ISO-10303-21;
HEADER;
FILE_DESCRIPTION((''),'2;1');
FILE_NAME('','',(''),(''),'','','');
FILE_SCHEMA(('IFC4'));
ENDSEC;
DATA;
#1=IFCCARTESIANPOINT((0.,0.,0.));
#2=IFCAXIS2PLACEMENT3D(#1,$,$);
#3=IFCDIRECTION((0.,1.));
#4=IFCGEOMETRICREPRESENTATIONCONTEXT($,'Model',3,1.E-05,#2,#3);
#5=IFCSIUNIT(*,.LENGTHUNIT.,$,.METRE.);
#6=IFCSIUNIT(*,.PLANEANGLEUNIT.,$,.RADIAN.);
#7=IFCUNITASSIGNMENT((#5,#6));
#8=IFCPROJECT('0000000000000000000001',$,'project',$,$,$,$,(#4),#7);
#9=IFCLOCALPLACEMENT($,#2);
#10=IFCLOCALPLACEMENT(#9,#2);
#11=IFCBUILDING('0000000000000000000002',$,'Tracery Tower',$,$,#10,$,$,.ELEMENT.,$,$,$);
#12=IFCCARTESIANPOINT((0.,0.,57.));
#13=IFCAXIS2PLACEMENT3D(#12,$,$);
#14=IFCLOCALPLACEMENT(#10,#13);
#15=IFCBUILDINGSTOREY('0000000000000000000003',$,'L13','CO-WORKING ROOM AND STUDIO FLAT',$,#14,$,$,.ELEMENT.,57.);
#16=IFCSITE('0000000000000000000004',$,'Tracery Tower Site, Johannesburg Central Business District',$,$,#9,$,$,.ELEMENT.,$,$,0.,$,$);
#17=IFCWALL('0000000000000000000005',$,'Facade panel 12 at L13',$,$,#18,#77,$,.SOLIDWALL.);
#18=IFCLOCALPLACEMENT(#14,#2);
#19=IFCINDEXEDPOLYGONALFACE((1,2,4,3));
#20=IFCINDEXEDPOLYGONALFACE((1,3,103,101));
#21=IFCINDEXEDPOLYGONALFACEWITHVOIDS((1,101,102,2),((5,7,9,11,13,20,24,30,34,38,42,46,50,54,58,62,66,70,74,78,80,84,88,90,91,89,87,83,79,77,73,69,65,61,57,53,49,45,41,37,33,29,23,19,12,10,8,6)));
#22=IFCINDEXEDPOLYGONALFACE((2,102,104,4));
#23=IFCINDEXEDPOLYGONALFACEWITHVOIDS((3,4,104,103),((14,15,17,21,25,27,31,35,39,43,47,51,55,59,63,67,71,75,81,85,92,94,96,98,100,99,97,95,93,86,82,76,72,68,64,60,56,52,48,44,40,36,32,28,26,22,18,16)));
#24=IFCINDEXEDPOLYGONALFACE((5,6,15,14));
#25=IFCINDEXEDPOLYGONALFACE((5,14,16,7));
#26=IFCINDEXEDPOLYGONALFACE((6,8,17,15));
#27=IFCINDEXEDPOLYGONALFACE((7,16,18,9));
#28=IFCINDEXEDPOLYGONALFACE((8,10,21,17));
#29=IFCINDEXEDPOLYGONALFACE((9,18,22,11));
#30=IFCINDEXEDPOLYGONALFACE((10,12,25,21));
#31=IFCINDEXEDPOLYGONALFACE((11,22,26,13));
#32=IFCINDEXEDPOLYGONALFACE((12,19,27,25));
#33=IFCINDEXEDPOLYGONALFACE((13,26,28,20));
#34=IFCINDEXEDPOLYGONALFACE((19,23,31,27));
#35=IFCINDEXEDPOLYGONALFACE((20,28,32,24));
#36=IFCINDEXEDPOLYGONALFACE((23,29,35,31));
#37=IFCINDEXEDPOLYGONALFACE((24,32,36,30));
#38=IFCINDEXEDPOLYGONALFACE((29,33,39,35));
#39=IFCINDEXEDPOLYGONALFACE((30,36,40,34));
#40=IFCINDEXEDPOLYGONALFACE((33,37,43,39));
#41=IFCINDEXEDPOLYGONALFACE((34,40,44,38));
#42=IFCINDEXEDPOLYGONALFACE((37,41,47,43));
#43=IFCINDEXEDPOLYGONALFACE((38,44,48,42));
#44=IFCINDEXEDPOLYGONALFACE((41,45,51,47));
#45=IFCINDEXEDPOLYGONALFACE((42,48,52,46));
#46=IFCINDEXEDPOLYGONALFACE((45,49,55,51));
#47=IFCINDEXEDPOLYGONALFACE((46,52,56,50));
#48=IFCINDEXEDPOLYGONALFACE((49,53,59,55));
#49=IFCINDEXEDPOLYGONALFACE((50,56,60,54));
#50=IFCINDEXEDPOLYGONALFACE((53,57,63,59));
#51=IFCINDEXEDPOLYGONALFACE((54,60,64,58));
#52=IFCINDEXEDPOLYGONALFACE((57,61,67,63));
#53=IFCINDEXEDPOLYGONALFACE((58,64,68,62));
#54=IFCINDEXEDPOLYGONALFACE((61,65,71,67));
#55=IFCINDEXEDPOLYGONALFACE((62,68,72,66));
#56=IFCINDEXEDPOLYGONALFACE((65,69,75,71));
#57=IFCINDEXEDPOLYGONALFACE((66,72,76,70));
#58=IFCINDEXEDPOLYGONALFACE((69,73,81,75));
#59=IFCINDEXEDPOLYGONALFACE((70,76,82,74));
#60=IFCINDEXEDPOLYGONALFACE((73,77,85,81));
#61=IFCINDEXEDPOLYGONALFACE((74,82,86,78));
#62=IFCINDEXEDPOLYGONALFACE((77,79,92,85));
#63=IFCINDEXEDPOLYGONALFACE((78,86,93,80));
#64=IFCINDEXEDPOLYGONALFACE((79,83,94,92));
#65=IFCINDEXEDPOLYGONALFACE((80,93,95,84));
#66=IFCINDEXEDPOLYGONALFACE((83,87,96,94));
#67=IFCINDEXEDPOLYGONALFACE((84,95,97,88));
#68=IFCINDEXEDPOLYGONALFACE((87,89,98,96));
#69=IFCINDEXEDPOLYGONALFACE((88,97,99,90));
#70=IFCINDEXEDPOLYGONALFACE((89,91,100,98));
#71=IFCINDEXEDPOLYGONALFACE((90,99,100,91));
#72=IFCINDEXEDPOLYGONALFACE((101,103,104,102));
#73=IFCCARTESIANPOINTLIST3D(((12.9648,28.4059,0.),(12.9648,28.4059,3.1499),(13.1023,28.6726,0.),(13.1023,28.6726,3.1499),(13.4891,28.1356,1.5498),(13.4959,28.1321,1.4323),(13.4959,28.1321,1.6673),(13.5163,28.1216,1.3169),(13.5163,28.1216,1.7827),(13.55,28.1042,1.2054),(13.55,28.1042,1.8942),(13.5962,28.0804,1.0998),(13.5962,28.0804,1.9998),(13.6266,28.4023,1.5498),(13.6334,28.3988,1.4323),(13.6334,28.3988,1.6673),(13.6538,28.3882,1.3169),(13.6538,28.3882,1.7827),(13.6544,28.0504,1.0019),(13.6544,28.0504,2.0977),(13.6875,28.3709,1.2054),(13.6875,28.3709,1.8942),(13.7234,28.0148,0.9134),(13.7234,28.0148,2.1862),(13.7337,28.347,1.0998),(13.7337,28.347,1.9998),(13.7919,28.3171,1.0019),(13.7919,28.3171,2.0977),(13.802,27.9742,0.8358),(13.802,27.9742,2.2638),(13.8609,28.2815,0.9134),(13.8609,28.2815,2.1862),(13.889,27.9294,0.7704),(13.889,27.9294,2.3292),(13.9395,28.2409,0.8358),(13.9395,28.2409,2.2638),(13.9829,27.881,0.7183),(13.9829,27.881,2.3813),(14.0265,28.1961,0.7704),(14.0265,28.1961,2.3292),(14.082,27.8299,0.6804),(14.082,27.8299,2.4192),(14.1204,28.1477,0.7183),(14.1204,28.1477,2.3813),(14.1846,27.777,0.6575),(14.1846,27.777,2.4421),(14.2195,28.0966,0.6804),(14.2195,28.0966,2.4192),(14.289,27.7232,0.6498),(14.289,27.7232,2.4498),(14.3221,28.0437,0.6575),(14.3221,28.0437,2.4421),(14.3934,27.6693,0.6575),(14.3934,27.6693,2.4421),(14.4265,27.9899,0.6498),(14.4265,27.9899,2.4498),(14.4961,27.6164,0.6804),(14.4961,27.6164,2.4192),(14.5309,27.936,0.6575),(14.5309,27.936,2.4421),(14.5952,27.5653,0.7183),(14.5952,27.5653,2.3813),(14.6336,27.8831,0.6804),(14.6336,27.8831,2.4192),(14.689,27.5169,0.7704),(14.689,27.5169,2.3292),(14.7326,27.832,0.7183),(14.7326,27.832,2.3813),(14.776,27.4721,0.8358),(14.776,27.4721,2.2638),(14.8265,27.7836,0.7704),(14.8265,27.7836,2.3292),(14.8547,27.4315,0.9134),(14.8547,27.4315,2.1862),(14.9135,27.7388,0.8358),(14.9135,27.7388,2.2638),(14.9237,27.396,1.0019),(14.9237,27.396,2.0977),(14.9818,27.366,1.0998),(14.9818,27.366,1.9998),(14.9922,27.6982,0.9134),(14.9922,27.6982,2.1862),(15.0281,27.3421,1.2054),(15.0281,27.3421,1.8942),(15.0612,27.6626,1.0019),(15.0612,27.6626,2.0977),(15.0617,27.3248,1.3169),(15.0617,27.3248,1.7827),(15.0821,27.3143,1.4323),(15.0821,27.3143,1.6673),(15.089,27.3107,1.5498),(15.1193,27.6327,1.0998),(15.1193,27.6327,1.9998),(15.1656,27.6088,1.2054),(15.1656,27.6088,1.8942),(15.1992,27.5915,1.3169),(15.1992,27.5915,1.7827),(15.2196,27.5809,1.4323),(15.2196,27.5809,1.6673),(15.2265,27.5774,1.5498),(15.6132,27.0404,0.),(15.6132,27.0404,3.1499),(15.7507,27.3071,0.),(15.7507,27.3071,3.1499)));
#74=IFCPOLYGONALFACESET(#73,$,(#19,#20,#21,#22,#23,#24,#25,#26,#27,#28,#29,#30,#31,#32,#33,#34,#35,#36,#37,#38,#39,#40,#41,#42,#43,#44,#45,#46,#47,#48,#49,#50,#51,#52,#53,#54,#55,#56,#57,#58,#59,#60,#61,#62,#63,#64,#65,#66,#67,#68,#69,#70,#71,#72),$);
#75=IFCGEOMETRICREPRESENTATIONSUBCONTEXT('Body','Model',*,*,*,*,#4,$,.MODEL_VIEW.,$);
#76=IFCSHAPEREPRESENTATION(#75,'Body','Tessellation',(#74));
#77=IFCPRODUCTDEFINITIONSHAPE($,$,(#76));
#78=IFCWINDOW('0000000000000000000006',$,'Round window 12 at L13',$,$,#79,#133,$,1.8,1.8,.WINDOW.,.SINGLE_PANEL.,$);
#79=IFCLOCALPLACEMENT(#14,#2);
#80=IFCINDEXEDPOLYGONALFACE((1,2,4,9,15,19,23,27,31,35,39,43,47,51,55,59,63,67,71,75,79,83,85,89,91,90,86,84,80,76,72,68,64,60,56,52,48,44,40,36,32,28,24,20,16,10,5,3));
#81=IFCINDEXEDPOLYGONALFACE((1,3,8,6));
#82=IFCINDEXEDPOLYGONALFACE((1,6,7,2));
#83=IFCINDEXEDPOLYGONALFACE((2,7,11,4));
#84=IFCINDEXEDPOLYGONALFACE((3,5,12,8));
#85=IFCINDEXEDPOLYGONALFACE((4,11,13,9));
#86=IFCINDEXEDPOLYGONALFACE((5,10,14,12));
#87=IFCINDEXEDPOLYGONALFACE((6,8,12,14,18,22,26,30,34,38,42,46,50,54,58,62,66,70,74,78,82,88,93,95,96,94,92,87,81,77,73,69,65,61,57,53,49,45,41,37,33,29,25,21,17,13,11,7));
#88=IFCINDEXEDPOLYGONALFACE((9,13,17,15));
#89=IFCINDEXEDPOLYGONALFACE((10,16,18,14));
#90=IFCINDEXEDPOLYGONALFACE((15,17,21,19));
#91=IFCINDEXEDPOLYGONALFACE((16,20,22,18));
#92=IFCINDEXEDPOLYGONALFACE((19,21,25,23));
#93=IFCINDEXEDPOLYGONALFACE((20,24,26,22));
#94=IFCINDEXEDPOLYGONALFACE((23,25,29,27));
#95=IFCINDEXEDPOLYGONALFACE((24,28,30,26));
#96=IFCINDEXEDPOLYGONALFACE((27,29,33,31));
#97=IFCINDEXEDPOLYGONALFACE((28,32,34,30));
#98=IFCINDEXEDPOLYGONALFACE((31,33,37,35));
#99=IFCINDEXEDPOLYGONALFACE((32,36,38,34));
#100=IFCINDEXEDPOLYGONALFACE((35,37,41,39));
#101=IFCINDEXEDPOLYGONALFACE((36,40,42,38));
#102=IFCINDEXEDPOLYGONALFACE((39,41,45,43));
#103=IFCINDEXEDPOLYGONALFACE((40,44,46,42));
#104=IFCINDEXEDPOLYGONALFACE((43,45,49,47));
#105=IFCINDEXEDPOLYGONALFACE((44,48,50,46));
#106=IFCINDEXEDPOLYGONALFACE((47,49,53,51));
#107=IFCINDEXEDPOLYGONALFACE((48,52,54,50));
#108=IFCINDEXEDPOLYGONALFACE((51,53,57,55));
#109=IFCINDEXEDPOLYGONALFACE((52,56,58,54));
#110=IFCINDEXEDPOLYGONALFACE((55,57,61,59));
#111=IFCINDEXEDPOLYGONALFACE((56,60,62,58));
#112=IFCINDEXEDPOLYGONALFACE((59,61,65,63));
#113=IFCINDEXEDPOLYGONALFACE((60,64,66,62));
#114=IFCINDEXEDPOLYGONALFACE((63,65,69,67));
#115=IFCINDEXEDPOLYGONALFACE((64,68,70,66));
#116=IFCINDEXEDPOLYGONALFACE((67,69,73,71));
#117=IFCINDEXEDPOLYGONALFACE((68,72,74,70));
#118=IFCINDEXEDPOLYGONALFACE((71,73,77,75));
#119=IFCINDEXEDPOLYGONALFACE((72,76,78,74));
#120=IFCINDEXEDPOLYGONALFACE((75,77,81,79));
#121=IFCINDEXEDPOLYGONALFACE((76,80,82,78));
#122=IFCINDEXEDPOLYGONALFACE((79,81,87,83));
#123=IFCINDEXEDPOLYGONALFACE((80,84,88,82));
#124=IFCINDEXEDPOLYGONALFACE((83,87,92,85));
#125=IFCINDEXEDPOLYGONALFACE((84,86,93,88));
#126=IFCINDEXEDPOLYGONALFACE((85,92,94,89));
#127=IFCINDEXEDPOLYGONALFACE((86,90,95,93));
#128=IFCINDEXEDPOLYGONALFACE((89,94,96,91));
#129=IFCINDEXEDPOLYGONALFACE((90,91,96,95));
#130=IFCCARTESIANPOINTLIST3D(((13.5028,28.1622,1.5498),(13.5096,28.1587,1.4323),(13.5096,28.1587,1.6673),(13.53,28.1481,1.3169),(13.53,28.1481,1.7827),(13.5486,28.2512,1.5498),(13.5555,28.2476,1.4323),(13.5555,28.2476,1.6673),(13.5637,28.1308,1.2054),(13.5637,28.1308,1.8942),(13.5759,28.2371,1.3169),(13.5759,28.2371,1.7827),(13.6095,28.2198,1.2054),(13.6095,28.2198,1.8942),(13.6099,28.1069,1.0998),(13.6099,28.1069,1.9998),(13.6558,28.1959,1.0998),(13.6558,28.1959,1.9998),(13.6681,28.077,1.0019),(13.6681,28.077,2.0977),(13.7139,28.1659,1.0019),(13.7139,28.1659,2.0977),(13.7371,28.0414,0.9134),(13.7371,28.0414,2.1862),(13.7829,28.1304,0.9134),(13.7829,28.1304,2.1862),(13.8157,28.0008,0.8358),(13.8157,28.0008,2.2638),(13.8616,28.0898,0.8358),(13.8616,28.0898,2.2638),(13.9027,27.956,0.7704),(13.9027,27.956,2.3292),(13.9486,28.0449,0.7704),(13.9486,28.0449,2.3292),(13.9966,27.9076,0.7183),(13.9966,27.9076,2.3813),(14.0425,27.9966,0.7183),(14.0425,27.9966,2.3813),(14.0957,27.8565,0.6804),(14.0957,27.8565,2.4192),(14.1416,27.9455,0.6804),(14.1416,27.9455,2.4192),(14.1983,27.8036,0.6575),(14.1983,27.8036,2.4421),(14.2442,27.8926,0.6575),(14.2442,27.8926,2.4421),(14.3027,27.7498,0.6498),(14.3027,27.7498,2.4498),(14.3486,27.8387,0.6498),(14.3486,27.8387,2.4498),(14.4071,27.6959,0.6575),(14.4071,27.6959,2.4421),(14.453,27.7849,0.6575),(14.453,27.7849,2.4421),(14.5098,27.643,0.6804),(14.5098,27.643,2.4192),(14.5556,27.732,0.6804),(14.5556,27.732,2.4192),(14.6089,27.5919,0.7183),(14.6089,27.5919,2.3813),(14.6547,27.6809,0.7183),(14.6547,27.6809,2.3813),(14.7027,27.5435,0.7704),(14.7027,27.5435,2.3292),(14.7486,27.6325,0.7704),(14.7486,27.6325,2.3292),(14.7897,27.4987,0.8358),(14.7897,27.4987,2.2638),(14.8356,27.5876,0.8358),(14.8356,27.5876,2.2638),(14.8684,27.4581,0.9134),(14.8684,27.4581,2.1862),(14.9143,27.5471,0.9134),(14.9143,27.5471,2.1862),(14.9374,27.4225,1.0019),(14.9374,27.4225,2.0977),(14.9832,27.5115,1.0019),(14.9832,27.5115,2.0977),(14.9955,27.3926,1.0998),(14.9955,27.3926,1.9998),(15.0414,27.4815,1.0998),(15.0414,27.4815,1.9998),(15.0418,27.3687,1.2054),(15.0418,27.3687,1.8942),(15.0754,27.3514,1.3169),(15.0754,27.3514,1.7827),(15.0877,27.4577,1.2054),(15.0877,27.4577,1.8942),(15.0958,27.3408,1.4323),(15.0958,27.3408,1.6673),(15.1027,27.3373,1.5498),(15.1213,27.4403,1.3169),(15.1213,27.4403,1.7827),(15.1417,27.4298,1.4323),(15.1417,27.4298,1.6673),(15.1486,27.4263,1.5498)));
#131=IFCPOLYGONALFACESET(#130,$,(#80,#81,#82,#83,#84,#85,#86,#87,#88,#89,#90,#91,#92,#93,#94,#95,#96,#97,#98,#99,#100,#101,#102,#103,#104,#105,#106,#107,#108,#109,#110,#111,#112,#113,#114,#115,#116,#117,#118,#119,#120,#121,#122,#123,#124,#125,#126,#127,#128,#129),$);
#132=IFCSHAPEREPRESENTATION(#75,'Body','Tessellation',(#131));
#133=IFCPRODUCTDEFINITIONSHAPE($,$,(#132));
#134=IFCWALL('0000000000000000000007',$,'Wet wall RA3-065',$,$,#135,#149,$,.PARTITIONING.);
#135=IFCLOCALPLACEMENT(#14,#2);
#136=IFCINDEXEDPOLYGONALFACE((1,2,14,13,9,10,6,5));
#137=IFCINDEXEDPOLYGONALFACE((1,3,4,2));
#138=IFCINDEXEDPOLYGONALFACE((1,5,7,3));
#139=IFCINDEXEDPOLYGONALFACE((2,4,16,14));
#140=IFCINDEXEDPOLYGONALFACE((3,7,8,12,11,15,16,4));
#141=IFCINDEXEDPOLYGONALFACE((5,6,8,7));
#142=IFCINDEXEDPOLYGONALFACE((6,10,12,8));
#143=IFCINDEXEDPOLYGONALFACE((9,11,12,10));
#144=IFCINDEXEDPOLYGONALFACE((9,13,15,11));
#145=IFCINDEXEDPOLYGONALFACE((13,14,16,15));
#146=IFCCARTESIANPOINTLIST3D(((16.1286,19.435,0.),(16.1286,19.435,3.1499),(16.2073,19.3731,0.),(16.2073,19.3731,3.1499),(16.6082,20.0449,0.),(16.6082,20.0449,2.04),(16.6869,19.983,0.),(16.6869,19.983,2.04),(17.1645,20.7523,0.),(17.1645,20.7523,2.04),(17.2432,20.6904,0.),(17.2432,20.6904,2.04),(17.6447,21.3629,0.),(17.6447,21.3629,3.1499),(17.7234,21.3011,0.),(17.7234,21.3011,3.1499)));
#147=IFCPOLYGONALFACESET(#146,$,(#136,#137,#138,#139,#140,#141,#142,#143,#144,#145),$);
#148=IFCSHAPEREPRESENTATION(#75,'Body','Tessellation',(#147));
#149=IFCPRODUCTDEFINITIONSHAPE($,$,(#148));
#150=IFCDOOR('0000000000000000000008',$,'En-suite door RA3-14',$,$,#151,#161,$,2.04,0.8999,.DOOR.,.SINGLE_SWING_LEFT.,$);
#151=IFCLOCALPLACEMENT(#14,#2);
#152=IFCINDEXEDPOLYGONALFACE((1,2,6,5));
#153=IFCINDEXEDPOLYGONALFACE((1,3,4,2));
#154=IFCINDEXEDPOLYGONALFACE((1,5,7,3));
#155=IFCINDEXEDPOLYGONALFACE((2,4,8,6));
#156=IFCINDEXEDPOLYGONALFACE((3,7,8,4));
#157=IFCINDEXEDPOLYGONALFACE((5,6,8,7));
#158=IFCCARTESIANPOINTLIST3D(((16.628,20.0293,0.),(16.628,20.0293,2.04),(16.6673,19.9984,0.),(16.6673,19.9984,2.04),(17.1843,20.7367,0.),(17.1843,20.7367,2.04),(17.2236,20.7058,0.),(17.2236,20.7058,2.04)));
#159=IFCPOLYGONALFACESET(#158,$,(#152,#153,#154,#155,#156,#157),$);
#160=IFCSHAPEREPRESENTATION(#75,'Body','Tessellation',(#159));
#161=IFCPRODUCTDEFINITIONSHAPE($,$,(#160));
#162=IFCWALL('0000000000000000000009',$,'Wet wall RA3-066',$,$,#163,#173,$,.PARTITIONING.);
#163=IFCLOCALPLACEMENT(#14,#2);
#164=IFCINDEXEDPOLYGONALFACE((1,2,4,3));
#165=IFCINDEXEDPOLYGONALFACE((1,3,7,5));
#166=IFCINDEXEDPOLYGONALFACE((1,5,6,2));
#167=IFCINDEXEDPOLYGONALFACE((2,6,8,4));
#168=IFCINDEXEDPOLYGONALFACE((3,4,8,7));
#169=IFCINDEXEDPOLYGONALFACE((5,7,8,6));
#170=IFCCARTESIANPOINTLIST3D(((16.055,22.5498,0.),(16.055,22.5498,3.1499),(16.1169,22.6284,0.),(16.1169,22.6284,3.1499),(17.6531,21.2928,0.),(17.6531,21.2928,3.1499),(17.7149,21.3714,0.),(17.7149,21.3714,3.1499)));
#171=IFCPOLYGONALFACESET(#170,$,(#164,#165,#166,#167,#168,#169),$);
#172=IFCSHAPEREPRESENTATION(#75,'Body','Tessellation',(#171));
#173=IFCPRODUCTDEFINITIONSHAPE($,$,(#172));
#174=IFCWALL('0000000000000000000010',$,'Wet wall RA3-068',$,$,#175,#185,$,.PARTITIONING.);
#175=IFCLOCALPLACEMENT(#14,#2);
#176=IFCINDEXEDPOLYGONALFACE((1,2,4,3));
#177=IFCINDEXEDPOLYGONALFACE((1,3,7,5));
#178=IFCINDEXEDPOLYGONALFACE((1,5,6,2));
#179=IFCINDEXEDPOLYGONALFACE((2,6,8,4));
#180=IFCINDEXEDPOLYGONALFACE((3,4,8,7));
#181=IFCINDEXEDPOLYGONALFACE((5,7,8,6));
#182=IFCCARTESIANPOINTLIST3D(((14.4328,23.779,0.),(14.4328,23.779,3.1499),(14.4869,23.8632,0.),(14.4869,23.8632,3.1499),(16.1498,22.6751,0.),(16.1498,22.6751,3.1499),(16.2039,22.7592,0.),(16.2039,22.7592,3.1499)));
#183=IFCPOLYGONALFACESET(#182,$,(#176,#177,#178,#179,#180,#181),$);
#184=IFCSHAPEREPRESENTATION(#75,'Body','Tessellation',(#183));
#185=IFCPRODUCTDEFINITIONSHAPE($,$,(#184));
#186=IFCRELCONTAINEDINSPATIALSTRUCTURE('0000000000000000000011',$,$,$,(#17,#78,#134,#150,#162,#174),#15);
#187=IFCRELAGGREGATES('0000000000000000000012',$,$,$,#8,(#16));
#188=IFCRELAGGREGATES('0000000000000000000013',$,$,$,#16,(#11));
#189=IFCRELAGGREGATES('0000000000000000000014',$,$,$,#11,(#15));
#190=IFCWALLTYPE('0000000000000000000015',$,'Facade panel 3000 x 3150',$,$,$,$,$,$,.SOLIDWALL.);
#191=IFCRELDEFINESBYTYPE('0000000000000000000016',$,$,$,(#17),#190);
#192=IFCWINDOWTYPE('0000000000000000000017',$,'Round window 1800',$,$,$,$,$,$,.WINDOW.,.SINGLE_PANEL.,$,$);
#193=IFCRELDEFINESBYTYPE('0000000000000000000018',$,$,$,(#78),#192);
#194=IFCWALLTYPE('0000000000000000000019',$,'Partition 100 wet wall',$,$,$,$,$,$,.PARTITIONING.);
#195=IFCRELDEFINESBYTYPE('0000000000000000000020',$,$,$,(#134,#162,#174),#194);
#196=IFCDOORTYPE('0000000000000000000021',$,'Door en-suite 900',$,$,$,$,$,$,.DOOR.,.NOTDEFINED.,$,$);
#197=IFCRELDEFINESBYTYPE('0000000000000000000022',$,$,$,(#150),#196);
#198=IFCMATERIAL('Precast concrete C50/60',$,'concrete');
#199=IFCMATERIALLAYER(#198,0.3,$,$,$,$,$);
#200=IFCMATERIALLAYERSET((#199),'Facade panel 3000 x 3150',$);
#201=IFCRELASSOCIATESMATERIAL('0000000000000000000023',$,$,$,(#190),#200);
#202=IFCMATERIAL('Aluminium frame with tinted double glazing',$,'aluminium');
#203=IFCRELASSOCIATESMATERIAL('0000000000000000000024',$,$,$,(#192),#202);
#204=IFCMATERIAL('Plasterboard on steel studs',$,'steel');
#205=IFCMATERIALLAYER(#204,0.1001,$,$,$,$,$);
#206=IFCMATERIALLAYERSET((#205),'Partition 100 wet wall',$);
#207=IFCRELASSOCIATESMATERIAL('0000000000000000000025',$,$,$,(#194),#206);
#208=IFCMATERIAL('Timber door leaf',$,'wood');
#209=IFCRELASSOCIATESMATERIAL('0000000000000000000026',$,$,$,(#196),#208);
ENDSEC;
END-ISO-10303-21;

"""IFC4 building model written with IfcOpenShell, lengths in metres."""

from ifc_helpers import new_model, si_unit, direction, frame, frame_2d, origin, origin_2d, place, context, subcontext, project, spatial, rectangle, circle, extrude, material, layer, layer_set, type_object, element, fill, save


model = new_model("IFC4")

# Units and contexts
model_context = context("Model", 3, precision=1e-05, world=origin(), true_north=direction((0.0, 1.0)))
body_context = subcontext(model_context, "Body", "Model", "MODEL_VIEW")
ifc_project = project(units=[si_unit("LENGTHUNIT", "METRE"), si_unit("PLANEANGLEUNIT", "RADIAN")], contexts=[model_context])

# Site, building, storey
site_placement = place(None, origin())
site = spatial("IfcSite", under=ifc_project, at=site_placement, Name="Tracery Tower Site, Johannesburg Central Business District", CompositionType="ELEMENT", RefElevation=0.0)
building_placement = place(site_placement, origin())
building = spatial("IfcBuilding", under=site, at=building_placement, Name="Tracery Tower", CompositionType="ELEMENT")
storey_placement = place(building_placement, frame((0.0, 0.0, 57.0)))
storey = spatial("IfcBuildingStorey", under=building, at=storey_placement, Name="L13", Description="CO-WORKING ROOM AND STUDIO FLAT", CompositionType="ELEMENT", Elevation=57.0)

# Wall, opening, window
ifc_material_1 = material(Name="Precast concrete C50/60", Category="concrete")
ifc_layer_1 = layer(ifc_material_1, 0.3)
ifc_layer_set_1 = layer_set([ifc_layer_1], Name="Facade panel 3000 x 3150")
wall_type_1 = type_object("IfcWallType", Name="Facade panel 3000 x 3150", PredefinedType="SOLIDWALL", material=ifc_layer_set_1)
wall_1_placement = place(storey_placement, frame((15.6819, 27.1738, 0.0), z_axis=(0.0, 0.0, 1.0), x_axis=(-0.88882, 0.458257, 0.0)))
wall_1 = element("IfcWall", 1, at=wall_1_placement, inside=storey, type_object=wall_type_1, Name="Facade panel 12 at L13", PredefinedType="SOLIDWALL", context=body_context, shape_type="SweptSolid", body=[
    extrude(rectangle(XDim=2.9797, YDim=0.3, at=frame_2d((1.4897, 0.0))), origin(), (0.0, 0.0, 1.0), 3.1499),
])
opening_1_placement = place(wall_1_placement, frame((1.4897, 0.0, 1.5498)))
opening_1 = element("IfcOpeningElement", 2, at=opening_1_placement, cuts=wall_1, PredefinedType="OPENING", context=body_context, shape_type="SweptSolid", body=[
    extrude(circle(Radius=0.9, at=origin_2d()), frame((0.0, 0.1599, 0.0), z_axis=(0.0, -1.0, 0.0), x_axis=(1.0, 0.0, 0.0)), (0.0, 0.0, 1.0), 0.3201),
])
ifc_material_2 = material(Name="Aluminium frame with tinted double glazing", Category="aluminium")
window_type = type_object("IfcWindowType", Name="Round window 1800", PartitioningType="SINGLE_PANEL", PredefinedType="WINDOW", material=ifc_material_2)
window_placement = place(opening_1_placement, origin())
window = element("IfcWindow", 3, at=window_placement, inside=storey, type_object=window_type, Name="Round window 12 at L13", OverallHeight=1.8, OverallWidth=1.8, PartitioningType="SINGLE_PANEL", PredefinedType="WINDOW", context=body_context, shape_type="SweptSolid", body=[
    extrude(circle(Radius=0.9, at=origin_2d()), frame((0.0, 0.1201, 0.0), z_axis=(0.0, -1.0, 0.0), x_axis=(1.0, 0.0, 0.0)), (0.0, 0.0, 1.0), 0.1001),
])
fill(opening_1, window)

# Wall, opening, door
ifc_material_3 = material(Name="Plasterboard on steel studs", Category="steel")
ifc_layer_2 = layer(ifc_material_3, 0.1001)
ifc_layer_set_2 = layer_set([ifc_layer_2], Name="Partition 100 wet wall")
wall_type_2 = type_object("IfcWallType", Name="Partition 100 wet wall", PredefinedType="PARTITIONING", material=ifc_layer_set_2)
wall_2_placement = place(storey_placement, frame((16.168, 19.4041, 0.0), z_axis=(0.0, 0.0, 1.0), x_axis=(0.618142, 0.786066, 0.0)))
wall_2 = element("IfcWall", 4, at=wall_2_placement, inside=storey, type_object=wall_type_2, Name="Wet wall RA3-065", PredefinedType="PARTITIONING", context=body_context, shape_type="SweptSolid", body=[
    extrude(rectangle(XDim=2.4526, YDim=0.1001, at=frame_2d((1.2263, 0.0))), origin(), (0.0, 0.0, 1.0), 3.1499),
])
opening_2_placement = place(wall_2_placement, frame((0.7759, 0.0, 0.0)))
opening_2 = element("IfcOpeningElement", 5, at=opening_2_placement, cuts=wall_2, PredefinedType="OPENING", context=body_context, shape_type="SweptSolid", body=[
    extrude(rectangle(XDim=0.8999, YDim=2.04, at=frame_2d((0.45, 1.02))), frame((0.0, 0.05, 0.0), z_axis=(0.0, -1.0, 0.0), x_axis=(1.0, 0.0, 0.0)), (0.0, 0.0, 1.0), 0.1001),
])
ifc_material_4 = material(Name="Timber door leaf", Category="wood")
door_type_1 = type_object("IfcDoorType", Name="Door en-suite 900", OperationType="NOTDEFINED", PredefinedType="DOOR", material=ifc_material_4)
door_1_placement = place(opening_2_placement, origin())
door_1 = element("IfcDoor", 6, at=door_1_placement, inside=storey, type_object=door_type_1, Name="En-suite door RA3-14", OperationType="SINGLE_SWING_LEFT", OverallHeight=2.04, OverallWidth=0.8999, PredefinedType="DOOR", context=body_context, shape_type="SweptSolid", body=[
    extrude(rectangle(XDim=0.8999, YDim=2.04, at=frame_2d((0.45, 1.02))), frame((0.0, 0.0249, 0.0), z_axis=(0.0, -1.0, 0.0), x_axis=(1.0, 0.0, 0.0)), (0.0, 0.0, 1.0), 0.05),
])
fill(opening_2, door_1)

# Walls
wall_3_placement = place(storey_placement, frame((16.0859, 22.5891, 0.0), z_axis=(0.0, 0.0, 1.0), x_axis=(0.785985, -0.618246, 0.0)))
element("IfcWall", 7, at=wall_3_placement, inside=storey, type_object=wall_type_2, Name="Wet wall RA3-066", PredefinedType="PARTITIONING", context=body_context, shape_type="SweptSolid", body=[
    extrude(rectangle(XDim=2.0332, YDim=0.1001, at=frame_2d((1.0166, 0.0))), origin(), (0.0, 0.0, 1.0), 3.1499),
])
wall_4_placement = place(storey_placement, frame((14.46, 23.821, 0.0), z_axis=(0.0, 0.0, 1.0), x_axis=(0.841136, -0.540824, 0.0)))
element("IfcWall", 8, at=wall_4_placement, inside=storey, type_object=wall_type_2, Name="Wet wall RA3-068", PredefinedType="PARTITIONING", context=body_context, shape_type="SweptSolid", body=[
    extrude(rectangle(XDim=2.0413, YDim=0.1001, at=frame_2d((1.0205, 0.0))), origin(), (0.0, 0.0, 1.0), 3.1499),
])

save(model, "model.ifc")
